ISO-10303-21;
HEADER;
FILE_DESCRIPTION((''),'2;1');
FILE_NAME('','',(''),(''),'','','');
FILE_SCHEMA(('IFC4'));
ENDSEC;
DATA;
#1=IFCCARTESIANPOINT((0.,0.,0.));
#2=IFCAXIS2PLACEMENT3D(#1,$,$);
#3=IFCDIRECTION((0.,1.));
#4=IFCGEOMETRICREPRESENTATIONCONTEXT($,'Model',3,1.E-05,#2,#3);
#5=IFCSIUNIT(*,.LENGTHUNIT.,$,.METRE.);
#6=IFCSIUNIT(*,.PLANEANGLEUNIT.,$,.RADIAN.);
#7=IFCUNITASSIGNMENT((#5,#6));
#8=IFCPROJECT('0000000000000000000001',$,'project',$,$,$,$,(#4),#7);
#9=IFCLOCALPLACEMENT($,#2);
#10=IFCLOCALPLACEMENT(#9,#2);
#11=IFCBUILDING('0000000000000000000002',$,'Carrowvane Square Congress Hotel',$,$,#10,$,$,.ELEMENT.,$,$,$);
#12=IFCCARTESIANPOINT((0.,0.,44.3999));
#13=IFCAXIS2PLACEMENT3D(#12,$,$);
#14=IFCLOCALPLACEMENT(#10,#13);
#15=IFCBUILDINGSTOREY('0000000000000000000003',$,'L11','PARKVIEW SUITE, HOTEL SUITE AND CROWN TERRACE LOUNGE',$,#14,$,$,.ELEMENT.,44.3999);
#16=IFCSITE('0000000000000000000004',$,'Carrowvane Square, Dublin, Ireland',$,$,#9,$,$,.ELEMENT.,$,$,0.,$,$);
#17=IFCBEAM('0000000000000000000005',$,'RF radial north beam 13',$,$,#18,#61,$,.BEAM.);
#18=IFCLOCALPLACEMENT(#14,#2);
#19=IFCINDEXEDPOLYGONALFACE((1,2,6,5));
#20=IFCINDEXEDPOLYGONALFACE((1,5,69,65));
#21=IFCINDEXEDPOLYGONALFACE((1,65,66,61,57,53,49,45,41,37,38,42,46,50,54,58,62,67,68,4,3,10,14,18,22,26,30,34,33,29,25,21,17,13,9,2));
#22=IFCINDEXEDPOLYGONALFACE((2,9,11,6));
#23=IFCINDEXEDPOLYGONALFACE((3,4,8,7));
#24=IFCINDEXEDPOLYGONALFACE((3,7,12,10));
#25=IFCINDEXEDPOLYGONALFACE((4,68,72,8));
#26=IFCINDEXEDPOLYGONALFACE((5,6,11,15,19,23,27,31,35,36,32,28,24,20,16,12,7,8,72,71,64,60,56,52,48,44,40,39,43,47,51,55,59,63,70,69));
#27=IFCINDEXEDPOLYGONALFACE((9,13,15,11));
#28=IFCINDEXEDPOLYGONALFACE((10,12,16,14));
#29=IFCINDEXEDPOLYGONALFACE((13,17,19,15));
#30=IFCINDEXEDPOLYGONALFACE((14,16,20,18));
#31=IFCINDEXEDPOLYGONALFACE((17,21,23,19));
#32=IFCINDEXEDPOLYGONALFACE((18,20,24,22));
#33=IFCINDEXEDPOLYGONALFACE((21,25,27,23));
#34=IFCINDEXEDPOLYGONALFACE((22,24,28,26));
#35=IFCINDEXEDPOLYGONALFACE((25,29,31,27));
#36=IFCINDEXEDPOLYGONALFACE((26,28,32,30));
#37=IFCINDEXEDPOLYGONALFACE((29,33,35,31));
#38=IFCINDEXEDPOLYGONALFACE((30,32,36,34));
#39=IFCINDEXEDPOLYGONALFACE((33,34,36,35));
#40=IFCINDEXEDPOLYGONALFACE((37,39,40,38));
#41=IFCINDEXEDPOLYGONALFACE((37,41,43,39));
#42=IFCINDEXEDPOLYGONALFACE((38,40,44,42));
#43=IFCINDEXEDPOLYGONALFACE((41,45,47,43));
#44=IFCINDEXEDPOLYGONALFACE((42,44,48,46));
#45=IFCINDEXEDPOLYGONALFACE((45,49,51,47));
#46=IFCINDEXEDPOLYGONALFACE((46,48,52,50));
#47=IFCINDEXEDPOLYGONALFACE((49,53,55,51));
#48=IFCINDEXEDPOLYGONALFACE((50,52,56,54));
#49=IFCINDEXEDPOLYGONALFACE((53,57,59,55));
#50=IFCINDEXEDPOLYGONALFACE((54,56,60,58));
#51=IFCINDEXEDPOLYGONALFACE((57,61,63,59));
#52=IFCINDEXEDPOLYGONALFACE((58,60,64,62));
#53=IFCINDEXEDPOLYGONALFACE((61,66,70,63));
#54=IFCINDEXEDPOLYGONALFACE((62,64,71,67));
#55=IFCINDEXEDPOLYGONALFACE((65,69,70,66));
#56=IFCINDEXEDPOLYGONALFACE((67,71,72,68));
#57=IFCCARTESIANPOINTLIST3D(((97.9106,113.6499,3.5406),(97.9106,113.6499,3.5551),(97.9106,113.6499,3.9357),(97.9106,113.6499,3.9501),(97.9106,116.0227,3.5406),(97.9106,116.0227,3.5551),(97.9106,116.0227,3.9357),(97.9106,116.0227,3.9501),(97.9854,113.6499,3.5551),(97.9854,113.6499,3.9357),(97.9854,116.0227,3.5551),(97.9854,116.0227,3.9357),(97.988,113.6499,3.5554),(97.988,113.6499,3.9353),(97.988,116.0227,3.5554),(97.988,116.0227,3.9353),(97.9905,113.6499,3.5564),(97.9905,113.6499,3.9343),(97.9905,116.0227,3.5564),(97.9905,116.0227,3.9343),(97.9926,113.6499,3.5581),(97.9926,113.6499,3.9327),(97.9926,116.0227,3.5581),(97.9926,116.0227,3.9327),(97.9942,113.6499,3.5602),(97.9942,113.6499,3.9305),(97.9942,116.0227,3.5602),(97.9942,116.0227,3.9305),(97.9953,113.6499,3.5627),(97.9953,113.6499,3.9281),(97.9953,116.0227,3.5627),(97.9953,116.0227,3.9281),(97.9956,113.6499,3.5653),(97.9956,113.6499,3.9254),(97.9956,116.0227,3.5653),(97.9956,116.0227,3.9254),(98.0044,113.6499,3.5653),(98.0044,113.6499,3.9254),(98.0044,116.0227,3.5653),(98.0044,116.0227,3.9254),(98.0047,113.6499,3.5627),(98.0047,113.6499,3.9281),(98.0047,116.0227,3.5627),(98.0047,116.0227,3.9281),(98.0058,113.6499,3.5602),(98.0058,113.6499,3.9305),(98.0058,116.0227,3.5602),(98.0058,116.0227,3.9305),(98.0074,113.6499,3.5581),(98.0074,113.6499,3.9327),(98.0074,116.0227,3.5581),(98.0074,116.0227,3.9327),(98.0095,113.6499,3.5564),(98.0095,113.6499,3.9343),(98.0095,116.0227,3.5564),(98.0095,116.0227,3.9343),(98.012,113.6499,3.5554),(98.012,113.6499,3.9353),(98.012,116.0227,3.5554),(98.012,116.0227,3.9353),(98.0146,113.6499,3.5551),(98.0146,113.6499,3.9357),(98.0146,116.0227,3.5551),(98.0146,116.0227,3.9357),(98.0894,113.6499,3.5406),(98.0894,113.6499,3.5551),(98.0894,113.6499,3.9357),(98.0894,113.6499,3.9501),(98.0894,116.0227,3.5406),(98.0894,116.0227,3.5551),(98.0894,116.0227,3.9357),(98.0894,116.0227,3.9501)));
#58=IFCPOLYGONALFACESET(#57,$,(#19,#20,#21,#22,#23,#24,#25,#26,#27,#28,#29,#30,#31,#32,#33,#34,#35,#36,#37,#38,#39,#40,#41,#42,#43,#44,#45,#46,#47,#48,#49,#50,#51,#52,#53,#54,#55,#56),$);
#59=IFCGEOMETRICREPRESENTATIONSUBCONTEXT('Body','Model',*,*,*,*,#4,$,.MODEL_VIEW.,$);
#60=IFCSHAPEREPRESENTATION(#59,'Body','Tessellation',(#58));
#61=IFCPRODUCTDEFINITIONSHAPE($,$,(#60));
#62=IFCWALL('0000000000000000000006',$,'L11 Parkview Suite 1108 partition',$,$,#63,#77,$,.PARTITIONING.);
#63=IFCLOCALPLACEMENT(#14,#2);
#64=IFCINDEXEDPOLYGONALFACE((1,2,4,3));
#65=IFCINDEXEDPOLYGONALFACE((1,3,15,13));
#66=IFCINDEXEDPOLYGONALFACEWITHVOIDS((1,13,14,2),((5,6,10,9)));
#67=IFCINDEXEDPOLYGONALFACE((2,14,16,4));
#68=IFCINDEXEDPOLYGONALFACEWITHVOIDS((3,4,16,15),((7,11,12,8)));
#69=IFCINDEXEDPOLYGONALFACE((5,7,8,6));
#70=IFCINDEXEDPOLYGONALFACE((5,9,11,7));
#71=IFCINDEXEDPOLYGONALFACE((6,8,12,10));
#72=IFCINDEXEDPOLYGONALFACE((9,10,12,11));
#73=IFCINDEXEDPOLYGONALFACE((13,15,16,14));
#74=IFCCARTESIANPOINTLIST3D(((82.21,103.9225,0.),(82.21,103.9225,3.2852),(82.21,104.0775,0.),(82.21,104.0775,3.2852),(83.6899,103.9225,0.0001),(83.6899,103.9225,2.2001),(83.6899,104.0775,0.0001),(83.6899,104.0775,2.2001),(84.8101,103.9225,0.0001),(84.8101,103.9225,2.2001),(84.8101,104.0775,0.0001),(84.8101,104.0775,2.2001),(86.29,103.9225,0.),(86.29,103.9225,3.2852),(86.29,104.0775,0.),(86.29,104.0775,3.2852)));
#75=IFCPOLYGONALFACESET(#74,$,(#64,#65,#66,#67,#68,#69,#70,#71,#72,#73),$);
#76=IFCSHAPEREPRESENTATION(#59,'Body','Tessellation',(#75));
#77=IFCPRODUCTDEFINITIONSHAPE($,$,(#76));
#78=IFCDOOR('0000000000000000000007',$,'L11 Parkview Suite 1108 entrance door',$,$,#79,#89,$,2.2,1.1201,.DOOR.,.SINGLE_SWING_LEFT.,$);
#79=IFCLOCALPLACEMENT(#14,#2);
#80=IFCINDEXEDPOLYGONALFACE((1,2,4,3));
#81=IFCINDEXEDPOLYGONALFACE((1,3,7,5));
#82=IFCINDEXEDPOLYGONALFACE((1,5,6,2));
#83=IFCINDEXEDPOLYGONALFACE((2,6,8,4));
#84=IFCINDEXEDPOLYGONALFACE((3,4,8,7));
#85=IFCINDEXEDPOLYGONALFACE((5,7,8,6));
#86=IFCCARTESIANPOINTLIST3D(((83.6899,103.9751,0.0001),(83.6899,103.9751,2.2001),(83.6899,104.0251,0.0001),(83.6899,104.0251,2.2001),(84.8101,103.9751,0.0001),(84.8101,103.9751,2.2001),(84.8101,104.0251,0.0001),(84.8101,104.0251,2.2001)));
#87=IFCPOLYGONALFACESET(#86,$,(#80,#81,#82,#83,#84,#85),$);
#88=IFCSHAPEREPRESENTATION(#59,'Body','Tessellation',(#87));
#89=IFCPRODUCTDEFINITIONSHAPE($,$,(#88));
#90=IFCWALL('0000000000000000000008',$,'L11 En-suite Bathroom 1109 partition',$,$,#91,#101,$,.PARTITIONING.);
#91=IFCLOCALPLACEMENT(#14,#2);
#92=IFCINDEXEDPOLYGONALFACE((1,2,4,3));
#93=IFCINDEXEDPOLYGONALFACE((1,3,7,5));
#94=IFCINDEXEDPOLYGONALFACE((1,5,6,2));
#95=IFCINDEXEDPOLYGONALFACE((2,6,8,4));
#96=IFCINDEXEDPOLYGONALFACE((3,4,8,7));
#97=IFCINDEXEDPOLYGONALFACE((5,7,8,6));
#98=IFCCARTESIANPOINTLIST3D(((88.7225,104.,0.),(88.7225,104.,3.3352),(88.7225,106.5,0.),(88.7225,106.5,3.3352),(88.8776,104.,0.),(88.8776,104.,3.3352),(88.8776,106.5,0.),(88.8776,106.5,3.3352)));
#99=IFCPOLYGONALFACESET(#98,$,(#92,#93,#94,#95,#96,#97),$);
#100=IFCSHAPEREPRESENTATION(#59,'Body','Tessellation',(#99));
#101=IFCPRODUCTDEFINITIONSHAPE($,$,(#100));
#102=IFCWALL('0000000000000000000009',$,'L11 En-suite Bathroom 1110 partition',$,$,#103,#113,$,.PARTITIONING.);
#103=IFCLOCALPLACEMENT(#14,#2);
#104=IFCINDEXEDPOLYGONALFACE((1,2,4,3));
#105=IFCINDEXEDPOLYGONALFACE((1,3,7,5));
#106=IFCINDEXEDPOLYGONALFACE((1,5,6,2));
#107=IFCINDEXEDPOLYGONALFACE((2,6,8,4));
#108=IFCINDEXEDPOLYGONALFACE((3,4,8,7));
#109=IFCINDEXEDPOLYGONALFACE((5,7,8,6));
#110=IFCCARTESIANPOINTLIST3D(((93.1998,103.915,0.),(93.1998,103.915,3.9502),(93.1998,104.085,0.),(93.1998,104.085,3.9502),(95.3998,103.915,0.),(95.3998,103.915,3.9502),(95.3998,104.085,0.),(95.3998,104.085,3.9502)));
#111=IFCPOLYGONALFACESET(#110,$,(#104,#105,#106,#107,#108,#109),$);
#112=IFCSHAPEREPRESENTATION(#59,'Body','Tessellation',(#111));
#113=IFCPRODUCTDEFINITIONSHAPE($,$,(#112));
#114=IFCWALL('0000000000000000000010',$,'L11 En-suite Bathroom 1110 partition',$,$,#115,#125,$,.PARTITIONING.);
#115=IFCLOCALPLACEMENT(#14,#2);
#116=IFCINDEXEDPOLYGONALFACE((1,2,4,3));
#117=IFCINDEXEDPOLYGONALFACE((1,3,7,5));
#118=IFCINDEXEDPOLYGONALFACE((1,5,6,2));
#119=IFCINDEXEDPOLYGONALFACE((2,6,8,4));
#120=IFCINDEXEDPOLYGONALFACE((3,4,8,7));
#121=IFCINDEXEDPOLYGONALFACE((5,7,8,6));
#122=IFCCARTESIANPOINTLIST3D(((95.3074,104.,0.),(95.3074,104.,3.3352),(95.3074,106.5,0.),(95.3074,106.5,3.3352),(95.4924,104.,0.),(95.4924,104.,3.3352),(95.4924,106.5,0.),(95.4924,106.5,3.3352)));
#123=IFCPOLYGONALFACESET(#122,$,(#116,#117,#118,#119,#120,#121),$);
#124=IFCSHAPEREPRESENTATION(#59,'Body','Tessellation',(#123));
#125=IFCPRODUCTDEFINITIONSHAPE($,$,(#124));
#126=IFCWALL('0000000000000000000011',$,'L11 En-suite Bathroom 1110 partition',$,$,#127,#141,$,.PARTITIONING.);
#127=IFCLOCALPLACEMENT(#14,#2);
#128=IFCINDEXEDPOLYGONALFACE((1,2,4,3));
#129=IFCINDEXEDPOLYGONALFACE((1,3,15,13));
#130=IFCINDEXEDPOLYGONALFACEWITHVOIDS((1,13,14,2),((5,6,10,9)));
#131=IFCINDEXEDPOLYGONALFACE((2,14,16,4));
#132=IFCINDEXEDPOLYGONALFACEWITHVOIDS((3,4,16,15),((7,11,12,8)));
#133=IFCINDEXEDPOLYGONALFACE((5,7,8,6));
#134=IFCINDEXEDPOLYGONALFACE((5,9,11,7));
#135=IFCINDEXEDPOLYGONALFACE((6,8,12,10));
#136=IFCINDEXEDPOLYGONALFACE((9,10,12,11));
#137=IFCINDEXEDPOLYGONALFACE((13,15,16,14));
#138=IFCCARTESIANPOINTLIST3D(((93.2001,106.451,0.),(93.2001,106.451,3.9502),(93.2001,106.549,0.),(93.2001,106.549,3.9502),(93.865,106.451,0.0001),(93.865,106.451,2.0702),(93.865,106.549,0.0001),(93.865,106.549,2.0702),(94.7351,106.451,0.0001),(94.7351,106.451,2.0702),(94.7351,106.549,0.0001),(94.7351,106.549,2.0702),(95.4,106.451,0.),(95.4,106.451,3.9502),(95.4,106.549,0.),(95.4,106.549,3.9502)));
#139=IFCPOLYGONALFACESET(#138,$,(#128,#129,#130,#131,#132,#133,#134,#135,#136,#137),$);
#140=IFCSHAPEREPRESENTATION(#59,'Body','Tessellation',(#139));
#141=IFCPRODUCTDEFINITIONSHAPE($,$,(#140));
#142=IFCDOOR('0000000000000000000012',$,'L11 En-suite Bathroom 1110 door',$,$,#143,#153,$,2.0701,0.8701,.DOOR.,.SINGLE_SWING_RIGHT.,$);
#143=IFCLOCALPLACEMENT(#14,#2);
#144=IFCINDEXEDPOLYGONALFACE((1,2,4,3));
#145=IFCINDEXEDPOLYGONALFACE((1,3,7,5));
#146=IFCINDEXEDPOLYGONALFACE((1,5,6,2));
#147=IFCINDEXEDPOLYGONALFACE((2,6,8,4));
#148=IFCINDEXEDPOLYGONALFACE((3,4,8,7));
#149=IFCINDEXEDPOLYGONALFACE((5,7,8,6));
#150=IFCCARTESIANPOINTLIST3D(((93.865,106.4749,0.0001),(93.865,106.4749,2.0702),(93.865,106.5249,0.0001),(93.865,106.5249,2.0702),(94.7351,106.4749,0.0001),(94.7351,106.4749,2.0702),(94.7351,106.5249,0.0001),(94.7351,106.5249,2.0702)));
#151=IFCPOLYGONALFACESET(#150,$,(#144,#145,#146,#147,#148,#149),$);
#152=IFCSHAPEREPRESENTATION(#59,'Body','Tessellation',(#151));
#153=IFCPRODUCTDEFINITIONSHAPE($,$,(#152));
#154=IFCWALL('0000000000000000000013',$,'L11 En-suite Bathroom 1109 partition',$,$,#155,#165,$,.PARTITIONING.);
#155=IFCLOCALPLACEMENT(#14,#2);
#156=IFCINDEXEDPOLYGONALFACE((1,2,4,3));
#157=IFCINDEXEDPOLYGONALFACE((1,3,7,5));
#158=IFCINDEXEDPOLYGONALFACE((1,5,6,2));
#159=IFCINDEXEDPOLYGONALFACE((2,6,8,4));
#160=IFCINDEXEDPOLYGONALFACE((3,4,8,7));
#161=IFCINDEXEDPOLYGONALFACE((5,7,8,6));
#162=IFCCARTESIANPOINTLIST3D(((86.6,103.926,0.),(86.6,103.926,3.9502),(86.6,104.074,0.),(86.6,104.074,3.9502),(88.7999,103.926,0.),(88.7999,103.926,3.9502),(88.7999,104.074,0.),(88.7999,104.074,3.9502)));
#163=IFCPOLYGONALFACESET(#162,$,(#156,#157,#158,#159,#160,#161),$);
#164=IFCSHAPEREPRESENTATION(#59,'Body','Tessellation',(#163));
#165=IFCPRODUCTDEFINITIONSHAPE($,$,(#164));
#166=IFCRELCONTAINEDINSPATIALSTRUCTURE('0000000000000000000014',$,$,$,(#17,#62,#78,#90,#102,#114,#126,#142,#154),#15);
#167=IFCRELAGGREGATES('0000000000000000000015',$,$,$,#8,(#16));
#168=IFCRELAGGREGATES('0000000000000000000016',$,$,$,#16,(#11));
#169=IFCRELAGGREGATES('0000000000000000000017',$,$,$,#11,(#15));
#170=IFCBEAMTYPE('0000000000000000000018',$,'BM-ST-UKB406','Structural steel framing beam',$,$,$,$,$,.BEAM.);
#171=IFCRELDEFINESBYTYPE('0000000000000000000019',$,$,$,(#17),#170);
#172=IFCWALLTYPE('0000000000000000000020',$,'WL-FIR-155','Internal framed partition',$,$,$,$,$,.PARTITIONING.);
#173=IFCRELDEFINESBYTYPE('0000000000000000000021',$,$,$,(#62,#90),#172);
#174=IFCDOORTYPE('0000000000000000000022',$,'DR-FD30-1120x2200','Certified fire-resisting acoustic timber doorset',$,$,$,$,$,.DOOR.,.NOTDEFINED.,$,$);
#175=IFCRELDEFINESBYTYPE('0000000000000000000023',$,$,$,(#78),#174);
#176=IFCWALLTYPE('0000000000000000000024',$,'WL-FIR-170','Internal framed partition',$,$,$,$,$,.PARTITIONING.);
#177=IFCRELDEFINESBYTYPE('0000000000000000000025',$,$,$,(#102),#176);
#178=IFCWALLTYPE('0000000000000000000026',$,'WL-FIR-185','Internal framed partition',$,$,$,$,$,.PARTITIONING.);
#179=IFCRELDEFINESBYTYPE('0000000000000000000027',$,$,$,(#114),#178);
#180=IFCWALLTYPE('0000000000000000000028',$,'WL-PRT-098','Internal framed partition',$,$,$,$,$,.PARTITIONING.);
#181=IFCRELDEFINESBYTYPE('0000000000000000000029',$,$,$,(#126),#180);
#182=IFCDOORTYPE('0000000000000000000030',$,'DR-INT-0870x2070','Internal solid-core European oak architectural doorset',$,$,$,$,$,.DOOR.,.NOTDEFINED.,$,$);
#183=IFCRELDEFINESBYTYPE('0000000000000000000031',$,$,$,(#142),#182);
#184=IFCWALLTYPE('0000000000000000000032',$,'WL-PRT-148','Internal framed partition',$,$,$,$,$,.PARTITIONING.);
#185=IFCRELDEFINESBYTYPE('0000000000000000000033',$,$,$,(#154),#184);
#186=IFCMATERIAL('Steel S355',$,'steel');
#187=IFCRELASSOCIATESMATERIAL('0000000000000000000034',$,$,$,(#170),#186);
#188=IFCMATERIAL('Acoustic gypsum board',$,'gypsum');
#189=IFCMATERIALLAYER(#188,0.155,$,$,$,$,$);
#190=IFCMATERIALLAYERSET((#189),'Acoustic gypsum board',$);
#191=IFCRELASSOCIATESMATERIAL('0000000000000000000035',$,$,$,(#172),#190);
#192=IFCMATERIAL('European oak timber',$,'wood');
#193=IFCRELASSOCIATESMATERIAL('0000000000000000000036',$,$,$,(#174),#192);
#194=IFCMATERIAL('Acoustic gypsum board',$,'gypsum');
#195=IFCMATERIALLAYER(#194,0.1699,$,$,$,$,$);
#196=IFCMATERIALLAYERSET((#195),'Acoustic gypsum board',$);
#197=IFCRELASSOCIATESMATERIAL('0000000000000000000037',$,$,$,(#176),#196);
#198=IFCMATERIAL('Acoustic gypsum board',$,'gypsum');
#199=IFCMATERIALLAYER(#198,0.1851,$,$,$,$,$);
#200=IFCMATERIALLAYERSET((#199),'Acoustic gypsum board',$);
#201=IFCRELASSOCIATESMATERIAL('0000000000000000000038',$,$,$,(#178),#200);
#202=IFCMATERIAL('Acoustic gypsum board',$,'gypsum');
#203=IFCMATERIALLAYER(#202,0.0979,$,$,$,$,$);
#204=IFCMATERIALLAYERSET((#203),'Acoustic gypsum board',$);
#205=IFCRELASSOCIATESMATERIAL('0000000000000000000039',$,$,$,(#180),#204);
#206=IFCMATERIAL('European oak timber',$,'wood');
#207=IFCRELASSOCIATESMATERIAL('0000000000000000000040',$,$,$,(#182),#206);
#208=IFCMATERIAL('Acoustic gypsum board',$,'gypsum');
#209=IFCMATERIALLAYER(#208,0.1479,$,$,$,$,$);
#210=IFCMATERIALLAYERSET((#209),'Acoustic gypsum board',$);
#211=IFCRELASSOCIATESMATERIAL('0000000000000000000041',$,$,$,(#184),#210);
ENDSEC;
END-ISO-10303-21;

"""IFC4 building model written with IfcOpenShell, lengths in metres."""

from ifc_helpers import new_model, si_unit, direction, frame, frame_2d, origin, origin_2d, place, context, subcontext, project, spatial, rectangle, i_section, extrude, material, layer, layer_set, material_profile, profile_set, type_object, element, fill, save


model = new_model("IFC4")

# Units and contexts
model_context = context("Model", 3, precision=1e-05, world=origin(), true_north=direction((0.0, 1.0)))
body_context = subcontext(model_context, "Body", "Model", "MODEL_VIEW")
ifc_project = project(units=[si_unit("LENGTHUNIT", "METRE"), si_unit("PLANEANGLEUNIT", "RADIAN")], contexts=[model_context])

# Site, building, storey
site_placement = place(None, origin())
site = spatial("IfcSite", under=ifc_project, at=site_placement, Name="Carrowvane Square, Dublin, Ireland", CompositionType="ELEMENT", RefElevation=0.0)
building_placement = place(site_placement, origin())
building = spatial("IfcBuilding", under=site, at=building_placement, Name="Carrowvane Square Congress Hotel", CompositionType="ELEMENT")
storey_placement = place(building_placement, frame((0.0, 0.0, 44.3999)))
storey = spatial("IfcBuildingStorey", under=building, at=storey_placement, Name="L11", Description="PARKVIEW SUITE, HOTEL SUITE AND CROWN TERRACE LOUNGE", CompositionType="ELEMENT", Elevation=44.3999)

# Beam
ifc_material_1 = material(Name="Steel S355", Category="steel")
ifc_material_profile_1 = material_profile(ifc_material_1, i_section(OverallWidth=0.1787, OverallDepth=0.4094, WebThickness=0.0088, FlangeThickness=0.0144, FilletRadius=0.0103, at=origin_2d()), Name="UKB 406x178x67")
ifc_profile_set_1 = profile_set([ifc_material_profile_1], Name="Steel S355")
beam_type_1 = type_object("IfcBeamType", Name="BM-ST-UKB406", Description="Structural steel framing beam", PredefinedType="BEAM", material=ifc_profile_set_1)
beam_1_placement = place(storey_placement, frame((98.0, 113.6499, 3.7454), z_axis=(0.0, 1.0, 0.0), x_axis=(-1.0, 0.0, 0.0)))
element("IfcBeam", 1, at=beam_1_placement, inside=storey, type_object=beam_type_1, Name="RF radial north beam 13", PredefinedType="BEAM", context=body_context, shape_type="SweptSolid", body=[
    extrude(i_section(OverallWidth=0.1787, OverallDepth=0.4094, WebThickness=0.0088, FlangeThickness=0.0144, FilletRadius=0.0103, at=origin_2d()), origin(), (0.0, 0.0, 1.0), 2.3728),
])

# Wall, opening, door
ifc_material_2 = material(Name="Acoustic gypsum board", Category="gypsum")
ifc_layer_1 = layer(ifc_material_2, 0.155)
ifc_layer_set_1 = layer_set([ifc_layer_1], Name="Acoustic gypsum board")
wall_type_1 = type_object("IfcWallType", Name="WL-FIR-155", Description="Internal framed partition", PredefinedType="PARTITIONING", material=ifc_layer_set_1)
wall_1_placement = place(storey_placement, frame((86.29, 104.0, 0.0), z_axis=(0.0, 0.0, 1.0), x_axis=(-1.0, 0.0, 0.0)))
wall_1 = element("IfcWall", 2, at=wall_1_placement, inside=storey, type_object=wall_type_1, Name="L11 Parkview Suite 1108 partition", PredefinedType="PARTITIONING", context=body_context, shape_type="SweptSolid", body=[
    extrude(rectangle(XDim=4.0801, YDim=0.155, at=frame_2d((2.04, 0.0))), origin(), (0.0, 0.0, 1.0), 3.2852),
])
opening_1_placement = place(wall_1_placement, frame((1.48, 0.0, 0.0)))
opening_1 = element("IfcOpeningElement", 3, at=opening_1_placement, cuts=wall_1, PredefinedType="OPENING", context=body_context, shape_type="SweptSolid", body=[
    extrude(rectangle(XDim=1.1201, YDim=2.2, at=frame_2d((0.5601, 1.1001))), frame((0.0, 0.0874, 0.0), z_axis=(0.0, -1.0, 0.0), x_axis=(1.0, 0.0, 0.0)), (0.0, 0.0, 1.0), 0.175),
])
ifc_material_3 = material(Name="European oak timber", Category="wood")
door_type_1 = type_object("IfcDoorType", Name="DR-FD30-1120x2200", Description="Certified fire-resisting acoustic timber doorset", OperationType="NOTDEFINED", PredefinedType="DOOR", material=ifc_material_3)
door_1_placement = place(opening_1_placement, origin())
door_1 = element("IfcDoor", 4, at=door_1_placement, inside=storey, type_object=door_type_1, Name="L11 Parkview Suite 1108 entrance door", OperationType="SINGLE_SWING_LEFT", OverallHeight=2.2, OverallWidth=1.1201, PredefinedType="DOOR", context=body_context, shape_type="SweptSolid", body=[
    extrude(rectangle(XDim=1.1201, YDim=2.2, at=frame_2d((0.5601, 1.1001))), frame((0.0, 0.0249, 0.0), z_axis=(0.0, -1.0, 0.0), x_axis=(1.0, 0.0, 0.0)), (0.0, 0.0, 1.0), 0.05),
])
fill(opening_1, door_1)

# Wall
wall_2_placement = place(storey_placement, frame((88.8, 106.5, 0.0), z_axis=(0.0, 0.0, 1.0), x_axis=(0.0, -1.0, 0.0)))
element("IfcWall", 5, at=wall_2_placement, inside=storey, type_object=wall_type_1, Name="L11 En-suite Bathroom 1109 partition", PredefinedType="PARTITIONING", context=body_context, shape_type="SweptSolid", body=[
    extrude(rectangle(XDim=2.5, YDim=0.155, at=frame_2d((1.25, 0.0))), origin(), (0.0, 0.0, 1.0), 3.3352),
])

# Shared definitions
ifc_material_4 = material(Name="Acoustic gypsum board", Category="gypsum")
ifc_layer_2 = layer(ifc_material_4, 0.1699)
ifc_layer_set_2 = layer_set([ifc_layer_2], Name="Acoustic gypsum board")
wall_type_2 = type_object("IfcWallType", Name="WL-FIR-170", Description="Internal framed partition", PredefinedType="PARTITIONING", material=ifc_layer_set_2)

# Walls
wall_3_placement = place(storey_placement, frame((95.3999, 104.0, 0.0), z_axis=(0.0, 0.0, 1.0), x_axis=(-1.0, 0.0, 0.0)))
element("IfcWall", 6, at=wall_3_placement, inside=storey, type_object=wall_type_2, Name="L11 En-suite Bathroom 1110 partition", PredefinedType="PARTITIONING", context=body_context, shape_type="SweptSolid", body=[
    extrude(rectangle(XDim=2.2, YDim=0.1699, at=frame_2d((1.1001, 0.0))), origin(), (0.0, 0.0, 1.0), 3.9502),
])
ifc_material_5 = material(Name="Acoustic gypsum board", Category="gypsum")
ifc_layer_3 = layer(ifc_material_5, 0.1851)
ifc_layer_set_3 = layer_set([ifc_layer_3], Name="Acoustic gypsum board")
wall_type_3 = type_object("IfcWallType", Name="WL-FIR-185", Description="Internal framed partition", PredefinedType="PARTITIONING", material=ifc_layer_set_3)
wall_4_placement = place(storey_placement, frame((95.3999, 106.5, 0.0), z_axis=(0.0, 0.0, 1.0), x_axis=(0.0, -1.0, 0.0)))
element("IfcWall", 7, at=wall_4_placement, inside=storey, type_object=wall_type_3, Name="L11 En-suite Bathroom 1110 partition", PredefinedType="PARTITIONING", context=body_context, shape_type="SweptSolid", body=[
    extrude(rectangle(XDim=2.5, YDim=0.1851, at=frame_2d((1.25, 0.0))), origin(), (0.0, 0.0, 1.0), 3.3352),
])

# Wall, opening, door
ifc_material_6 = material(Name="Acoustic gypsum board", Category="gypsum")
ifc_layer_4 = layer(ifc_material_6, 0.0979)
ifc_layer_set_4 = layer_set([ifc_layer_4], Name="Acoustic gypsum board")
wall_type_4 = type_object("IfcWallType", Name="WL-PRT-098", Description="Internal framed partition", PredefinedType="PARTITIONING", material=ifc_layer_set_4)
wall_5_placement = place(storey_placement, frame((93.2, 106.5, 0.0), z_axis=(0.0, 0.0, 1.0), x_axis=(1.0, 0.0, 0.0)))
wall_5 = element("IfcWall", 8, at=wall_5_placement, inside=storey, type_object=wall_type_4, Name="L11 En-suite Bathroom 1110 partition", PredefinedType="PARTITIONING", context=body_context, shape_type="SweptSolid", body=[
    extrude(rectangle(XDim=2.2, YDim=0.0979, at=frame_2d((1.1001, 0.0))), origin(), (0.0, 0.0, 1.0), 3.9502),
])
opening_2_placement = place(wall_5_placement, frame((0.665, 0.0, 0.0)))
opening_2 = element("IfcOpeningElement", 9, at=opening_2_placement, cuts=wall_5, PredefinedType="OPENING", context=body_context, shape_type="SweptSolid", body=[
    extrude(rectangle(XDim=0.8701, YDim=2.0701, at=frame_2d((0.4351, 1.0352))), frame((0.0, 0.0588, 0.0), z_axis=(0.0, -1.0, 0.0), x_axis=(1.0, 0.0, 0.0)), (0.0, 0.0, 1.0), 0.1179),
])
ifc_material_7 = material(Name="European oak timber", Category="wood")
door_type_2 = type_object("IfcDoorType", Name="DR-INT-0870x2070", Description="Internal solid-core European oak architectural doorset", OperationType="NOTDEFINED", PredefinedType="DOOR", material=ifc_material_7)
door_2_placement = place(opening_2_placement, origin())
door_2 = element("IfcDoor", 10, at=door_2_placement, inside=storey, type_object=door_type_2, Name="L11 En-suite Bathroom 1110 door", OperationType="SINGLE_SWING_RIGHT", OverallHeight=2.0701, OverallWidth=0.8701, PredefinedType="DOOR", context=body_context, shape_type="SweptSolid", body=[
    extrude(rectangle(XDim=0.8701, YDim=2.0701, at=frame_2d((0.4351, 1.0352))), frame((0.0, 0.0249, 0.0), z_axis=(0.0, -1.0, 0.0), x_axis=(1.0, 0.0, 0.0)), (0.0, 0.0, 1.0), 0.05),
])
fill(opening_2, door_2)

# Wall
ifc_material_8 = material(Name="Acoustic gypsum board", Category="gypsum")
ifc_layer_5 = layer(ifc_material_8, 0.1479)
ifc_layer_set_5 = layer_set([ifc_layer_5], Name="Acoustic gypsum board")
wall_type_5 = type_object("IfcWallType", Name="WL-PRT-148", Description="Internal framed partition", PredefinedType="PARTITIONING", material=ifc_layer_set_5)
wall_6_placement = place(storey_placement, frame((88.8, 104.0, 0.0), z_axis=(0.0, 0.0, 1.0), x_axis=(-1.0, 0.0, 0.0)))
element("IfcWall", 11, at=wall_6_placement, inside=storey, type_object=wall_type_5, Name="L11 En-suite Bathroom 1109 partition", PredefinedType="PARTITIONING", context=body_context, shape_type="SweptSolid", body=[
    extrude(rectangle(XDim=2.2, YDim=0.1479, at=frame_2d((1.1001, 0.0))), origin(), (0.0, 0.0, 1.0), 3.9502),
])

save(model, "model.ifc")
